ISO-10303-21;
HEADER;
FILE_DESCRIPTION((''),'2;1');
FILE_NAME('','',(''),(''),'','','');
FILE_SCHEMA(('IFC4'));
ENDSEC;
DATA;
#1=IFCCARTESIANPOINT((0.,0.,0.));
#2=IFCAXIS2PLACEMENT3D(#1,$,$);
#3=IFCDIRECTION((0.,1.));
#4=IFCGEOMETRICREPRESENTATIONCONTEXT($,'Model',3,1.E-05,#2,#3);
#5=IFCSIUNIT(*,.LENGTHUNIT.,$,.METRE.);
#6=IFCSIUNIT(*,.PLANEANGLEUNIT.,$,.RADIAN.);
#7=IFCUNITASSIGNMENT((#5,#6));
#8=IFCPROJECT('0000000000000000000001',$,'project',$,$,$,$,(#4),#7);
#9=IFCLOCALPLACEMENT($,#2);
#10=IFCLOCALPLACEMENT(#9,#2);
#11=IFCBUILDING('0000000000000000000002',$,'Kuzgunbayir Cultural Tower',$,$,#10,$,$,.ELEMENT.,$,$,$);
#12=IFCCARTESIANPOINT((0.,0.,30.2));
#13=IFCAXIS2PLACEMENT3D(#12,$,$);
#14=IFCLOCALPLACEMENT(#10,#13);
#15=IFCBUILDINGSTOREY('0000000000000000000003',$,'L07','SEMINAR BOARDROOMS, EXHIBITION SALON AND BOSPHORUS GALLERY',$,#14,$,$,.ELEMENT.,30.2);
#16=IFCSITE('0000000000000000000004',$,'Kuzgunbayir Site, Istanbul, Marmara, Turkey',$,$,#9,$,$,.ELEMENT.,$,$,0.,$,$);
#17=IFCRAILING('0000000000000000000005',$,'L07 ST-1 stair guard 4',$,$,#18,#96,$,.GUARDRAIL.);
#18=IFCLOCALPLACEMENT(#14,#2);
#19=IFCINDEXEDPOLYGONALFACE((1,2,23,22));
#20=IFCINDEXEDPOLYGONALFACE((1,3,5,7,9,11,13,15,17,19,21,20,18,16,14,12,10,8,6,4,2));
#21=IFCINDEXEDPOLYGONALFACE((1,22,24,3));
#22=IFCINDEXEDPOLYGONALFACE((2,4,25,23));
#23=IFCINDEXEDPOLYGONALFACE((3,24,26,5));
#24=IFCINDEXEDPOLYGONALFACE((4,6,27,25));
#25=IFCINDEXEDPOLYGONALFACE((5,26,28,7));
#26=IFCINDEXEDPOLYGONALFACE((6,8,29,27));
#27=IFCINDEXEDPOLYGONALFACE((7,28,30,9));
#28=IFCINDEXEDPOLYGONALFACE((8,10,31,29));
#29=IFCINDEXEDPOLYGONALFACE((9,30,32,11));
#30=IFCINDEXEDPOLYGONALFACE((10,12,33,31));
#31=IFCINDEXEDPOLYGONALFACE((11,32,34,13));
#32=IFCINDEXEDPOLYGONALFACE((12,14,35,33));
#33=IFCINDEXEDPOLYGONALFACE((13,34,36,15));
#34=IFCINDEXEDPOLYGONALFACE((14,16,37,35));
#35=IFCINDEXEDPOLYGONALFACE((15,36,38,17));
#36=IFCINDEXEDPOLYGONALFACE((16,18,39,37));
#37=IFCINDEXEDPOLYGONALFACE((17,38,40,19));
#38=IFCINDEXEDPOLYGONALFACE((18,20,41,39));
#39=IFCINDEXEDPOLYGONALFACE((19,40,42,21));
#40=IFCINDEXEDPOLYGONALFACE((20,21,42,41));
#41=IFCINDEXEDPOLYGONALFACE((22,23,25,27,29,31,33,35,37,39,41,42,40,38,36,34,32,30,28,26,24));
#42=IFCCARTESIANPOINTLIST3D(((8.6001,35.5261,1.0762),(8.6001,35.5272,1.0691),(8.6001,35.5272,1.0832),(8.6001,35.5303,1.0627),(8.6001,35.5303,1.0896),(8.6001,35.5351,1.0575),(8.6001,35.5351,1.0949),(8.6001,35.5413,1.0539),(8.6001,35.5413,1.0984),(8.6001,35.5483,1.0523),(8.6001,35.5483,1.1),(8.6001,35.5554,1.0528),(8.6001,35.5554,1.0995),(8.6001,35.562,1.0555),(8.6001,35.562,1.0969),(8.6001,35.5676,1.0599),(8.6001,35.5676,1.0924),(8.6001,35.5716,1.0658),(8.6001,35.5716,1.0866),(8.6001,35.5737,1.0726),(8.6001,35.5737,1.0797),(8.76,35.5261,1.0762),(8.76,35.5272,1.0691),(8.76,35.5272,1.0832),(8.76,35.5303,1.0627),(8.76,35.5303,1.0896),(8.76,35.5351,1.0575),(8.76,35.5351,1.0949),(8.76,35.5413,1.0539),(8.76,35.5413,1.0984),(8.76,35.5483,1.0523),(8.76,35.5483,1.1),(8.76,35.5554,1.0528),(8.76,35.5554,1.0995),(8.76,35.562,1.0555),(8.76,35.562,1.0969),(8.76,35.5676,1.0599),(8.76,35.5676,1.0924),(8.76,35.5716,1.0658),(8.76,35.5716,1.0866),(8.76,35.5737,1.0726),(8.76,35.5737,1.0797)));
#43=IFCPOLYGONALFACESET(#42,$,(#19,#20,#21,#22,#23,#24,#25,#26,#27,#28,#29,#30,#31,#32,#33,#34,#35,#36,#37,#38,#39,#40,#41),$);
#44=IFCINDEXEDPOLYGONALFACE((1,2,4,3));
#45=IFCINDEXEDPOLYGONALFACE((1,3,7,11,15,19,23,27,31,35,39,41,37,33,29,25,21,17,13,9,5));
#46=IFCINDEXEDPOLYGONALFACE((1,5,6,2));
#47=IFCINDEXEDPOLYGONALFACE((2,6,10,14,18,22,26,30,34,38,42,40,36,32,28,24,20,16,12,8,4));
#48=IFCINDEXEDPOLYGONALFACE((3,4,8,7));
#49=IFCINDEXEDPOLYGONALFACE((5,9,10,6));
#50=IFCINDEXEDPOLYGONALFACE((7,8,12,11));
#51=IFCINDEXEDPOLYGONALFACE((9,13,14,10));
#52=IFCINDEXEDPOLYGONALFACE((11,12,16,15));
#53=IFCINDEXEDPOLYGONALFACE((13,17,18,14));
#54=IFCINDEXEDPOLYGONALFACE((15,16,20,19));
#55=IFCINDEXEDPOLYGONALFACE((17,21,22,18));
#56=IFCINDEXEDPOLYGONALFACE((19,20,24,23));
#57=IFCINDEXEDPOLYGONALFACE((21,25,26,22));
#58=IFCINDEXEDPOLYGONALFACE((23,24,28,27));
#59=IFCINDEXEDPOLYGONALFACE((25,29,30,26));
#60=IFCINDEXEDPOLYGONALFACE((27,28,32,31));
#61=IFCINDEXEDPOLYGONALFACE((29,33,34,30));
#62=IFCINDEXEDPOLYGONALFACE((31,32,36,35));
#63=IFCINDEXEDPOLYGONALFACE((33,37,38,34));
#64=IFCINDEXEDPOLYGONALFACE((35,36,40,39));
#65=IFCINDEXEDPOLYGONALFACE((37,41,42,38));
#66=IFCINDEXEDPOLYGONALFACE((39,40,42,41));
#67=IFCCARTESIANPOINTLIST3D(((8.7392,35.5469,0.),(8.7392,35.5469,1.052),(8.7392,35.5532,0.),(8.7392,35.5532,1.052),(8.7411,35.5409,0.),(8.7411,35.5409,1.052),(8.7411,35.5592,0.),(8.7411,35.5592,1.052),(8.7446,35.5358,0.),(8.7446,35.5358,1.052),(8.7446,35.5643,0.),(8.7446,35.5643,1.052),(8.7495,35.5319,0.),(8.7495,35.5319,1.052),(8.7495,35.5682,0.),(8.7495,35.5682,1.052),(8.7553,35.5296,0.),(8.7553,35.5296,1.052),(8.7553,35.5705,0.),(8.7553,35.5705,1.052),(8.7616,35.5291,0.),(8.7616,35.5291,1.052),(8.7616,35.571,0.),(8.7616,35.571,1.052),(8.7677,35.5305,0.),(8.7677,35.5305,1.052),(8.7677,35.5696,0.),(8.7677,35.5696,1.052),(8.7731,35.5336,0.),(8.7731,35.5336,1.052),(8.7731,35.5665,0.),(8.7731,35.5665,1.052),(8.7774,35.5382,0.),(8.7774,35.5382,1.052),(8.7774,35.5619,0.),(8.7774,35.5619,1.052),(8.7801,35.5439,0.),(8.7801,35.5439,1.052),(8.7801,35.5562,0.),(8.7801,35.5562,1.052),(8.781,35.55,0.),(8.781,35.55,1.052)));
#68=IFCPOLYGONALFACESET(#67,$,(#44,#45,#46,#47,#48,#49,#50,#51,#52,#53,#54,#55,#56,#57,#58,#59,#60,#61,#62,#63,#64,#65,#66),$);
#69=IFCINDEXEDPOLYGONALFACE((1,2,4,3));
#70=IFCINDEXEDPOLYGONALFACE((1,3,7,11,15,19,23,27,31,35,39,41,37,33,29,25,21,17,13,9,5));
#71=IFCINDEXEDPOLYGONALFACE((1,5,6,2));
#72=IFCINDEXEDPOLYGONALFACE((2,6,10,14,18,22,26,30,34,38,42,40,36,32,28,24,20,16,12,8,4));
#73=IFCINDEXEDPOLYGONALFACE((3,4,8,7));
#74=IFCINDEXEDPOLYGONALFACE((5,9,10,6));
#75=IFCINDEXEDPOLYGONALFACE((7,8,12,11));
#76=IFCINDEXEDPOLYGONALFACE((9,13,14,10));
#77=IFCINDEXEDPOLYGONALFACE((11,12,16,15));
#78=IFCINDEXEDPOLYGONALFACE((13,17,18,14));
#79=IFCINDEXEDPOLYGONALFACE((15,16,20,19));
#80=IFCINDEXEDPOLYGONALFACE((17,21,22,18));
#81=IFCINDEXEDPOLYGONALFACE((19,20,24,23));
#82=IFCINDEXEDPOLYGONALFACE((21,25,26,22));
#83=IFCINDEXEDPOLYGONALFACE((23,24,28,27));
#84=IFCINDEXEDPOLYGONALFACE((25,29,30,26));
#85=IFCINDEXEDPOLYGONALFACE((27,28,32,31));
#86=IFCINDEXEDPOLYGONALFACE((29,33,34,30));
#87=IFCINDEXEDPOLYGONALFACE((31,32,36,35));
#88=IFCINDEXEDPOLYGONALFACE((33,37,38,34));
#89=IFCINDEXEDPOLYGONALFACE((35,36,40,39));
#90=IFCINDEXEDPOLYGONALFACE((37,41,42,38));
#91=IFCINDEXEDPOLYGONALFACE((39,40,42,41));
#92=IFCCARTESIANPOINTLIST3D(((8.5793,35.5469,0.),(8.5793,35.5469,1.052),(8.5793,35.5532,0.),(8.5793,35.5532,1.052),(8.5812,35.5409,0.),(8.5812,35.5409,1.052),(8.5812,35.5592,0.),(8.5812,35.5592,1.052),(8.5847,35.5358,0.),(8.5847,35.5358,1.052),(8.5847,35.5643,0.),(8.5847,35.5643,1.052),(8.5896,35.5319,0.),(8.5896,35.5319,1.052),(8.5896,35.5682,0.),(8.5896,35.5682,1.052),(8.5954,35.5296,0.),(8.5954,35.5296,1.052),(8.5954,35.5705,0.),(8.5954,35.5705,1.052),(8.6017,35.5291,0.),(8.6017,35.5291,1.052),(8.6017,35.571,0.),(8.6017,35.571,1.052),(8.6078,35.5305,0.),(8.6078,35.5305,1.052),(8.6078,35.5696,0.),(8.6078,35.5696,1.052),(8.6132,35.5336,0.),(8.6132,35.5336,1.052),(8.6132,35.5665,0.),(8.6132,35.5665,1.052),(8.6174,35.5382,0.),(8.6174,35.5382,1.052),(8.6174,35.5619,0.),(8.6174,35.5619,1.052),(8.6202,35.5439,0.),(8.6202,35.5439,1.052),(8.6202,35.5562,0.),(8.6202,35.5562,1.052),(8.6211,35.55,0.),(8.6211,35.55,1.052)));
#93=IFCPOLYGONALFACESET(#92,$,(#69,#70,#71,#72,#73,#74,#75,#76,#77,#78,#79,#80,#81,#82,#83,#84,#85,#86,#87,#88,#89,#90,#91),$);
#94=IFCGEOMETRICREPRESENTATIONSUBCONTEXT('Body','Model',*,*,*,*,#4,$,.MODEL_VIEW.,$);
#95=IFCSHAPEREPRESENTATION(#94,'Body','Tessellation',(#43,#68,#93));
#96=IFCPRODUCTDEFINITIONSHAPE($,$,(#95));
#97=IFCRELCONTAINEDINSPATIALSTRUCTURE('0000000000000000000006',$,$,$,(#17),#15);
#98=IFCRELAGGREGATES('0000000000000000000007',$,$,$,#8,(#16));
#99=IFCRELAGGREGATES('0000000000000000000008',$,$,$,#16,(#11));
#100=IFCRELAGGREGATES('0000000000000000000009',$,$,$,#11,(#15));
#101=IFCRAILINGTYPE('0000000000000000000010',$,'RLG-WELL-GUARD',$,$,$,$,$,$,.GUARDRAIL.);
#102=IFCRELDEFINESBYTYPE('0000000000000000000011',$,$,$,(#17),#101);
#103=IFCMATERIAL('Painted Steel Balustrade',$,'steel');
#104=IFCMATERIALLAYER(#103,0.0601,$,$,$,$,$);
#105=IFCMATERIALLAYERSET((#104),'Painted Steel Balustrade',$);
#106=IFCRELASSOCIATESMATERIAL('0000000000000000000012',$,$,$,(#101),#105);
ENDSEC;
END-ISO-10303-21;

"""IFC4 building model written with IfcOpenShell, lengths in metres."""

from ifc_helpers import new_model, si_unit, direction, frame, origin, origin_2d, place, context, subcontext, project, spatial, circle, extrude, material, layer, layer_set, type_object, element, save


model = new_model("IFC4")

# Units and contexts
model_context = context("Model", 3, precision=1e-05, world=origin(), true_north=direction((0.0, 1.0)))
body_context = subcontext(model_context, "Body", "Model", "MODEL_VIEW")
ifc_project = project(units=[si_unit("LENGTHUNIT", "METRE"), si_unit("PLANEANGLEUNIT", "RADIAN")], contexts=[model_context])

# Site, building, storey
site_placement = place(None, origin())
site = spatial("IfcSite", under=ifc_project, at=site_placement, Name="Kuzgunbayir Site, Istanbul, Marmara, Turkey", CompositionType="ELEMENT", RefElevation=0.0)
building_placement = place(site_placement, origin())
building = spatial("IfcBuilding", under=site, at=building_placement, Name="Kuzgunbayir Cultural Tower", CompositionType="ELEMENT")
storey_placement = place(building_placement, frame((0.0, 0.0, 30.2)))
storey = spatial("IfcBuildingStorey", under=building, at=storey_placement, Name="L07", Description="SEMINAR BOARDROOMS, EXHIBITION SALON AND BOSPHORUS GALLERY", CompositionType="ELEMENT", Elevation=30.2)

# Railing
ifc_material_1 = material(Name="Painted Steel Balustrade", Category="steel")
ifc_layer_1 = layer(ifc_material_1, 0.0601)
ifc_layer_set_1 = layer_set([ifc_layer_1], Name="Painted Steel Balustrade")
railing_type_1 = type_object("IfcRailingType", Name="RLG-WELL-GUARD", PredefinedType="GUARDRAIL", material=ifc_layer_set_1)
railing_1_placement = place(storey_placement, frame((8.76, 35.55, 0.0)))
element("IfcRailing", 1, at=railing_1_placement, inside=storey, type_object=railing_type_1, Name="L07 ST-1 stair guard 4", PredefinedType="GUARDRAIL", context=body_context, shape_type="SweptSolid", body=[
    extrude(circle(Radius=0.0239, at=origin_2d()), frame((0.0, 0.0, 1.0762), z_axis=(-1.0, 0.0, 0.0), x_axis=(0.0, -1.0, 0.0)), (0.0, 0.0, 1.0), 0.1599),
    extrude(circle(Radius=0.021, at=origin_2d()), origin(), (0.0, 0.0, 1.0), 1.052),
    extrude(circle(Radius=0.021, at=origin_2d()), frame((-0.1599, 0.0, 0.0)), (0.0, 0.0, 1.0), 1.052),
])

save(model, "model.ifc")
